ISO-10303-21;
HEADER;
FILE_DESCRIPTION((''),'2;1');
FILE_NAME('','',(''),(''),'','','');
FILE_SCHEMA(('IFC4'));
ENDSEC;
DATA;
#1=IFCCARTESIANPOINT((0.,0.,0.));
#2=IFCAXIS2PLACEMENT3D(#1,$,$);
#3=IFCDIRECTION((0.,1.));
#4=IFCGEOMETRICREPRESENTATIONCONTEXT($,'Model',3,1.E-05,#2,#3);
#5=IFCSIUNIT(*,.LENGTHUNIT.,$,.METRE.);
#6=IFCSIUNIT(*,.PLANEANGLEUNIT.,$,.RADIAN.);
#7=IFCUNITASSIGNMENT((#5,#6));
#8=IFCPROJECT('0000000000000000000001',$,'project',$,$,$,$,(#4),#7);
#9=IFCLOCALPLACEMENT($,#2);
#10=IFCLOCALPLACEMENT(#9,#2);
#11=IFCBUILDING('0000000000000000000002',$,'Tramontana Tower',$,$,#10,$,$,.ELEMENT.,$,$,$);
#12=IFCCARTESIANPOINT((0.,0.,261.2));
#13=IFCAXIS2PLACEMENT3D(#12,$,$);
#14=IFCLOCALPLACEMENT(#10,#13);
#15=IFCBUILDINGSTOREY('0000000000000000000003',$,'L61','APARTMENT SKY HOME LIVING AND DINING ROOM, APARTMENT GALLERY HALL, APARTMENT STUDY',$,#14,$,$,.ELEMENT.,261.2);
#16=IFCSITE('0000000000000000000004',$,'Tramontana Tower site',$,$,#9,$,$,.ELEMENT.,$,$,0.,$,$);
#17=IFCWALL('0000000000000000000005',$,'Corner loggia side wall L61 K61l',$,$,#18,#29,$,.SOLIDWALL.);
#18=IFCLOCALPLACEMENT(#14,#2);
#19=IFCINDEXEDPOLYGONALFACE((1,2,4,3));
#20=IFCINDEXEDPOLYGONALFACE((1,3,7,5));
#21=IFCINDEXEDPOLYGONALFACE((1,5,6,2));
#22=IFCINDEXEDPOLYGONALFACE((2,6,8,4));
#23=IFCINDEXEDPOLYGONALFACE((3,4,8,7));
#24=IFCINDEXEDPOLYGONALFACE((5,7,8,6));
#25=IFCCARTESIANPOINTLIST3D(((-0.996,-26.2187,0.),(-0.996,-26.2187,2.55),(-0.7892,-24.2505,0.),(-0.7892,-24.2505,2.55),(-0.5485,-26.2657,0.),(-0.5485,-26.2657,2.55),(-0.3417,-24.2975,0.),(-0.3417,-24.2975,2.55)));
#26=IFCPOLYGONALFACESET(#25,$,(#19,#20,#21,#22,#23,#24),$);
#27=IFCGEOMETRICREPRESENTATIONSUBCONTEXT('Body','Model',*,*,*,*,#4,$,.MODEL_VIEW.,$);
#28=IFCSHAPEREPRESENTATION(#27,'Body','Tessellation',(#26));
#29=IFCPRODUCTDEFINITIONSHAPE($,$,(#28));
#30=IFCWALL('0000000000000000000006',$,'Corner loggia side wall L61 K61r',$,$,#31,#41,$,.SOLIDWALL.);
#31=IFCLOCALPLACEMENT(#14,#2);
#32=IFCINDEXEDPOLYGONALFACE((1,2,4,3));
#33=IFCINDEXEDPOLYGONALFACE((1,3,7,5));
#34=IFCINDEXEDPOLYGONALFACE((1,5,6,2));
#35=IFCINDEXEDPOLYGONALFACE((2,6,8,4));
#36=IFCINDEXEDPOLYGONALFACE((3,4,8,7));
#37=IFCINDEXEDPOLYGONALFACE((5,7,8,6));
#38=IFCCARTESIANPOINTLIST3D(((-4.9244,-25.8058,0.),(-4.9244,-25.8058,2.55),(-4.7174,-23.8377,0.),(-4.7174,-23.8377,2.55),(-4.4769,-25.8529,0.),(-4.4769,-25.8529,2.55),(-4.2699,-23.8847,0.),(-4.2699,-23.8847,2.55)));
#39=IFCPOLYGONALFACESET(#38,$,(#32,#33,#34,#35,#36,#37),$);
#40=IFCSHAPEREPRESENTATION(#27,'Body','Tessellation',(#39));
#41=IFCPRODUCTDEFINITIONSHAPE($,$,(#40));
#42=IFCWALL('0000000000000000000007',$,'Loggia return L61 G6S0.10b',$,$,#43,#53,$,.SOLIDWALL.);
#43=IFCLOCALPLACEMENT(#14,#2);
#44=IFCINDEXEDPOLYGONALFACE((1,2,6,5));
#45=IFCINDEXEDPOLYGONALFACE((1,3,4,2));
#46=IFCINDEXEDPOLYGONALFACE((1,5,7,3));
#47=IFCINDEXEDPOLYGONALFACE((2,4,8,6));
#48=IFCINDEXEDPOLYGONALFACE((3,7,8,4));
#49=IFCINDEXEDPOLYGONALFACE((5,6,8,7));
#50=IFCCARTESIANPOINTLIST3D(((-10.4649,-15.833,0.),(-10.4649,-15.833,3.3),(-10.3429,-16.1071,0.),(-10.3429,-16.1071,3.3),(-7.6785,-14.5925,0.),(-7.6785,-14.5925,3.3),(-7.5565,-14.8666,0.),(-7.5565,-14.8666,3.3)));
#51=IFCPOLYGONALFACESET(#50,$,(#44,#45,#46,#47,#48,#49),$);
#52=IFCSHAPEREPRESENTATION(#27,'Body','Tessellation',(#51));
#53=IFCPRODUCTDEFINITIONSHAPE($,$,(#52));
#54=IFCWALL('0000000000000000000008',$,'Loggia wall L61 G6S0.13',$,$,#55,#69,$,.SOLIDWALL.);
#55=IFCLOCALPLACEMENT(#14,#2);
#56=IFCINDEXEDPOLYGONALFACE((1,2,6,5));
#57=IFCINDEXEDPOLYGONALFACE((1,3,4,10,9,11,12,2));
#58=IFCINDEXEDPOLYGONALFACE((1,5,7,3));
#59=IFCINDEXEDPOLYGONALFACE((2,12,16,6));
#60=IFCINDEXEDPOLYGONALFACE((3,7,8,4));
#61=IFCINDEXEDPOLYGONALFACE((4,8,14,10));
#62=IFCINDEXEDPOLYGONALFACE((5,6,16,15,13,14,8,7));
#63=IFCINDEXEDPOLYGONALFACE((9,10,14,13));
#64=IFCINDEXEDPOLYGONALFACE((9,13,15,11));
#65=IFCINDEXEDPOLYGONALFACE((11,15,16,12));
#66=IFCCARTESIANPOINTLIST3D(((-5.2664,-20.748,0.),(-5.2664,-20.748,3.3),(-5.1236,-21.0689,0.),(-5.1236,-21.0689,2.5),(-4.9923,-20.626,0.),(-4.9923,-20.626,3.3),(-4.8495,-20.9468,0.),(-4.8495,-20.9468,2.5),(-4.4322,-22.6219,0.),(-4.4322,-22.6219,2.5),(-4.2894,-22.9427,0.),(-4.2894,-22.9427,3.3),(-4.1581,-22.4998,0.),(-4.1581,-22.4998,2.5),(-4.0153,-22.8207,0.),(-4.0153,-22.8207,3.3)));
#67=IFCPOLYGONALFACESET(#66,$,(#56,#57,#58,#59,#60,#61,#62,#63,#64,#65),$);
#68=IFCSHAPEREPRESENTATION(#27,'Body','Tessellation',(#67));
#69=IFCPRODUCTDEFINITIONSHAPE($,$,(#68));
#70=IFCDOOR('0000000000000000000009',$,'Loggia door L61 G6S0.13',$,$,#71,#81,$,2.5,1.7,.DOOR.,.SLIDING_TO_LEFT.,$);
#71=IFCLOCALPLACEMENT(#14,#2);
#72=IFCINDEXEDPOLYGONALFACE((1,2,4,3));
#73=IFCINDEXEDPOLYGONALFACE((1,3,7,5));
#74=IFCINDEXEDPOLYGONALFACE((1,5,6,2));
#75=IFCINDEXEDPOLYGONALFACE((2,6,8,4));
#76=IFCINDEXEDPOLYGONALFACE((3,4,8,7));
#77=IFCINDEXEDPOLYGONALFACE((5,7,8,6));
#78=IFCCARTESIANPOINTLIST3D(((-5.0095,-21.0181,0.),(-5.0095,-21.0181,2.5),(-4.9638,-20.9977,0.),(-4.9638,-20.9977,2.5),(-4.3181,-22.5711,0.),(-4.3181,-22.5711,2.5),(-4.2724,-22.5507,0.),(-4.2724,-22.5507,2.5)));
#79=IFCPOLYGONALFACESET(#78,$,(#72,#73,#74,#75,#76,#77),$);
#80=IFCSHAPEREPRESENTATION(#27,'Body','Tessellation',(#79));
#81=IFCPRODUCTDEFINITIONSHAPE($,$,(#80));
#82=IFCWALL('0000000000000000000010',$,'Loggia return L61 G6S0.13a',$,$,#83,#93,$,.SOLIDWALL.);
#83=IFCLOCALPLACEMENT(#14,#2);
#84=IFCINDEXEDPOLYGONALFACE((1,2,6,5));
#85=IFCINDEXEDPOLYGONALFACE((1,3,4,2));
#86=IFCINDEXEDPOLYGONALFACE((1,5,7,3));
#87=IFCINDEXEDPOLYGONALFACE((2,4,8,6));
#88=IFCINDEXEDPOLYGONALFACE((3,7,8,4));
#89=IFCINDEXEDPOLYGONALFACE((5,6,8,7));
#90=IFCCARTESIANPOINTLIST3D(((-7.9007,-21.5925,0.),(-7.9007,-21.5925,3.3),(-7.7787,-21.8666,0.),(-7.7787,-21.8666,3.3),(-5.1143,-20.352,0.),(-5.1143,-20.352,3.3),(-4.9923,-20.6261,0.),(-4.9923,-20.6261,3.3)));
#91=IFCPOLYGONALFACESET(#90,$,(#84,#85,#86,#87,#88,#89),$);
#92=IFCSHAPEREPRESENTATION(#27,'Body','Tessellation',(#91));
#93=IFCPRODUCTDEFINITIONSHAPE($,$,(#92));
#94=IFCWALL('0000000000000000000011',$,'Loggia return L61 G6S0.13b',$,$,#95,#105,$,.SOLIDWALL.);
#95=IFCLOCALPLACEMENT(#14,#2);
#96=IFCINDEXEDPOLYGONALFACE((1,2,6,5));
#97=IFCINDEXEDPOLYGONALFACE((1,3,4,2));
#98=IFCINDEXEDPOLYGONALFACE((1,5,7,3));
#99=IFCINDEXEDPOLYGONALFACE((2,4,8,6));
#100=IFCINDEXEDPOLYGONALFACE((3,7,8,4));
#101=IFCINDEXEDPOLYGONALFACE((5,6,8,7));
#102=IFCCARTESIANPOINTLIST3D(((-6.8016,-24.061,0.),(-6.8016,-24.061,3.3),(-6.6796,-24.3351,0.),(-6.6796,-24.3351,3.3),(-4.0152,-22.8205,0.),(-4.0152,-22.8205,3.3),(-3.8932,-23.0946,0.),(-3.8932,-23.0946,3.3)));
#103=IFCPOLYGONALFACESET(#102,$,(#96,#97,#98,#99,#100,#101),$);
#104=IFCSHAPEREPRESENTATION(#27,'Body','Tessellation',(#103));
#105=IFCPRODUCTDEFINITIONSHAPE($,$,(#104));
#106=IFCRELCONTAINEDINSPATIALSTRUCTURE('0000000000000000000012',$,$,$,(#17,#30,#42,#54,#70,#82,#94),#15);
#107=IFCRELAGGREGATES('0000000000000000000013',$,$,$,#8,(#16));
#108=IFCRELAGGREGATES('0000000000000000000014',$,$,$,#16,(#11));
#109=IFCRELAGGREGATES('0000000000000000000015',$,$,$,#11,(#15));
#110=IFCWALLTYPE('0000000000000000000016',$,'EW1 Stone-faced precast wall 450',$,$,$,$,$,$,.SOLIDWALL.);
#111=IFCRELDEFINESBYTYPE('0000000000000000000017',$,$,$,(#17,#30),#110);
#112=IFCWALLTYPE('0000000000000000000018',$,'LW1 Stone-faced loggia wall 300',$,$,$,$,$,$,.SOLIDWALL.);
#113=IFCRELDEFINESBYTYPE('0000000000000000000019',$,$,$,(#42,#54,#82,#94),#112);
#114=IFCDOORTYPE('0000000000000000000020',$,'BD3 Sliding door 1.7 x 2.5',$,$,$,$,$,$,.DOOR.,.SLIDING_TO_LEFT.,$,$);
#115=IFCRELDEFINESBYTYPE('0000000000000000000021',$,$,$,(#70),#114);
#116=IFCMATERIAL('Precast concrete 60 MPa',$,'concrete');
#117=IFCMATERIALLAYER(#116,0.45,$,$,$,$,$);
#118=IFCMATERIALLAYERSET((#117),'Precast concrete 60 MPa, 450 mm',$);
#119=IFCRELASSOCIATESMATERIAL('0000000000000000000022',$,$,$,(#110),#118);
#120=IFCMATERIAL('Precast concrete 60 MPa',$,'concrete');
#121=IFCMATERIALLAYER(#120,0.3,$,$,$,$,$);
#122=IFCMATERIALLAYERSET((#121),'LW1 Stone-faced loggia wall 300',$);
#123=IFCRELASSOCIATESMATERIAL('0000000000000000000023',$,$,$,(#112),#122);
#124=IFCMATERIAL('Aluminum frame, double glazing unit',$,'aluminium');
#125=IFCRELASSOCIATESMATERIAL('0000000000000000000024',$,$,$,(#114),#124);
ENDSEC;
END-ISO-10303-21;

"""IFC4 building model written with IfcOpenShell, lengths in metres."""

from ifc_helpers import new_model, si_unit, direction, frame, frame_2d, origin, place, context, subcontext, project, spatial, rectangle, extrude, material, layer, layer_set, type_object, element, fill, save


model = new_model("IFC4")

# Units and contexts
model_context = context("Model", 3, precision=1e-05, world=origin(), true_north=direction((0.0, 1.0)))
body_context = subcontext(model_context, "Body", "Model", "MODEL_VIEW")
ifc_project = project(units=[si_unit("LENGTHUNIT", "METRE"), si_unit("PLANEANGLEUNIT", "RADIAN")], contexts=[model_context])

# Site, building, storey
site_placement = place(None, origin())
site = spatial("IfcSite", under=ifc_project, at=site_placement, Name="Tramontana Tower site", CompositionType="ELEMENT", RefElevation=0.0)
building_placement = place(site_placement, origin())
building = spatial("IfcBuilding", under=site, at=building_placement, Name="Tramontana Tower", CompositionType="ELEMENT")
storey_placement = place(building_placement, frame((0.0, 0.0, 261.2)))
storey = spatial("IfcBuildingStorey", under=building, at=storey_placement, Name="L61", Description="APARTMENT SKY HOME LIVING AND DINING ROOM, APARTMENT GALLERY HALL, APARTMENT STUDY", CompositionType="ELEMENT", Elevation=261.2)

# Shared definitions
ifc_material_1 = material(Name="Precast concrete 60 MPa", Category="concrete")
ifc_layer_1 = layer(ifc_material_1, 0.45)
ifc_layer_set_1 = layer_set([ifc_layer_1], Name="Precast concrete 60 MPa, 450 mm")
wall_type_1 = type_object("IfcWallType", Name="EW1 Stone-faced precast wall 450", PredefinedType="SOLIDWALL", material=ifc_layer_set_1)

# Walls
for number, where, z_axis, x_axis, name in (
    (1, (-0.7722, -26.2422, 0.0), (0.0, 0.0, 1.0), (0.104486, 0.994526, 0.0), "Corner loggia side wall L61 K61l"),
    (2, (-4.7007, -25.8293, 0.0), (0.0, 0.0, 1.0), (0.104608, 0.994514, 0.0), "Corner loggia side wall L61 K61r"),
):
    element("IfcWall", number, at=place(storey_placement, frame(where, z_axis=z_axis, x_axis=x_axis)), inside=storey, type_object=wall_type_1, Name=name, PredefinedType="SOLIDWALL", context=body_context, shape_type="SweptSolid", body=[
        extrude(rectangle(XDim=1.979, YDim=0.45, at=frame_2d((0.9895, 0.0))), origin(), (0.0, 0.0, 1.0), 2.55),
    ])

# Wall
ifc_material_2 = material(Name="Precast concrete 60 MPa", Category="concrete")
ifc_layer_2 = layer(ifc_material_2, 0.3)
ifc_layer_set_2 = layer_set([ifc_layer_2], Name="LW1 Stone-faced loggia wall 300")
wall_type_2 = type_object("IfcWallType", Name="LW1 Stone-faced loggia wall 300", PredefinedType="SOLIDWALL", material=ifc_layer_set_2)
wall_1_placement = place(storey_placement, frame((-10.4038, -15.97, 0.0), z_axis=(0.0, 0.0, 1.0), x_axis=(0.913557, 0.40671, 0.0)))
element("IfcWall", 3, at=wall_1_placement, inside=storey, type_object=wall_type_2, Name="Loggia return L61 G6S0.10b", PredefinedType="SOLIDWALL", context=body_context, shape_type="SweptSolid", body=[
    extrude(rectangle(XDim=3.05, YDim=0.3, at=frame_2d((1.5249, 0.0))), origin(), (0.0, 0.0, 1.0), 3.3),
])

# Wall, opening, door
wall_2_placement = place(storey_placement, frame((-5.1294, -20.687, 0.0), z_axis=(0.0, 0.0, 1.0), x_axis=(0.406723, -0.913552, 0.0)))
wall_2 = element("IfcWall", 4, at=wall_2_placement, inside=storey, type_object=wall_type_2, Name="Loggia wall L61 G6S0.13", PredefinedType="SOLIDWALL", context=body_context, shape_type="SweptSolid", body=[
    extrude(rectangle(XDim=2.4023, YDim=0.3, at=frame_2d((1.2012, 0.0))), origin(), (0.0, 0.0, 1.0), 3.3),
])
opening_1_placement = place(wall_2_placement, frame((0.3511, 0.0, 0.0)))
opening_1 = element("IfcOpeningElement", 5, at=opening_1_placement, cuts=wall_2, PredefinedType="OPENING", context=body_context, shape_type="SweptSolid", body=[
    extrude(rectangle(XDim=1.7, YDim=2.5, at=frame_2d((0.8501, 1.25))), frame((0.0, 0.1599, 0.0), z_axis=(0.0, -1.0, 0.0), x_axis=(1.0, 0.0, 0.0)), (0.0, 0.0, 1.0), 0.3201),
])
ifc_material_3 = material(Name="Aluminum frame, double glazing unit", Category="aluminium")
door_type_1 = type_object("IfcDoorType", Name="BD3 Sliding door 1.7 x 2.5", OperationType="SLIDING_TO_LEFT", PredefinedType="DOOR", material=ifc_material_3)
door_1_placement = place(opening_1_placement, origin())
door_1 = element("IfcDoor", 6, at=door_1_placement, inside=storey, type_object=door_type_1, Name="Loggia door L61 G6S0.13", OperationType="SLIDING_TO_LEFT", OverallHeight=2.5, OverallWidth=1.7, PredefinedType="DOOR", context=body_context, shape_type="SweptSolid", body=[
    extrude(rectangle(XDim=1.7, YDim=2.5, at=frame_2d((0.8501, 1.25))), frame((0.0, 0.0249, 0.0), z_axis=(0.0, -1.0, 0.0), x_axis=(1.0, 0.0, 0.0)), (0.0, 0.0, 1.0), 0.05),
])
fill(opening_1, door_1)

# Walls
for number, where, z_axis, x_axis, name in (
    (7, (-7.8396, -21.7295, 0.0), (0.0, 0.0, 1.0), (0.913557, 0.40671, 0.0), "Loggia return L61 G6S0.13a"),
    (8, (-6.7405, -24.198, 0.0), (0.0, 0.0, 1.0), (0.913557, 0.40671, 0.0), "Loggia return L61 G6S0.13b"),
):
    element("IfcWall", number, at=place(storey_placement, frame(where, z_axis=z_axis, x_axis=x_axis)), inside=storey, type_object=wall_type_2, Name=name, PredefinedType="SOLIDWALL", context=body_context, shape_type="SweptSolid", body=[
        extrude(rectangle(XDim=3.05, YDim=0.3, at=frame_2d((1.5249, 0.0))), origin(), (0.0, 0.0, 1.0), 3.3),
    ])

save(model, "model.ifc")
